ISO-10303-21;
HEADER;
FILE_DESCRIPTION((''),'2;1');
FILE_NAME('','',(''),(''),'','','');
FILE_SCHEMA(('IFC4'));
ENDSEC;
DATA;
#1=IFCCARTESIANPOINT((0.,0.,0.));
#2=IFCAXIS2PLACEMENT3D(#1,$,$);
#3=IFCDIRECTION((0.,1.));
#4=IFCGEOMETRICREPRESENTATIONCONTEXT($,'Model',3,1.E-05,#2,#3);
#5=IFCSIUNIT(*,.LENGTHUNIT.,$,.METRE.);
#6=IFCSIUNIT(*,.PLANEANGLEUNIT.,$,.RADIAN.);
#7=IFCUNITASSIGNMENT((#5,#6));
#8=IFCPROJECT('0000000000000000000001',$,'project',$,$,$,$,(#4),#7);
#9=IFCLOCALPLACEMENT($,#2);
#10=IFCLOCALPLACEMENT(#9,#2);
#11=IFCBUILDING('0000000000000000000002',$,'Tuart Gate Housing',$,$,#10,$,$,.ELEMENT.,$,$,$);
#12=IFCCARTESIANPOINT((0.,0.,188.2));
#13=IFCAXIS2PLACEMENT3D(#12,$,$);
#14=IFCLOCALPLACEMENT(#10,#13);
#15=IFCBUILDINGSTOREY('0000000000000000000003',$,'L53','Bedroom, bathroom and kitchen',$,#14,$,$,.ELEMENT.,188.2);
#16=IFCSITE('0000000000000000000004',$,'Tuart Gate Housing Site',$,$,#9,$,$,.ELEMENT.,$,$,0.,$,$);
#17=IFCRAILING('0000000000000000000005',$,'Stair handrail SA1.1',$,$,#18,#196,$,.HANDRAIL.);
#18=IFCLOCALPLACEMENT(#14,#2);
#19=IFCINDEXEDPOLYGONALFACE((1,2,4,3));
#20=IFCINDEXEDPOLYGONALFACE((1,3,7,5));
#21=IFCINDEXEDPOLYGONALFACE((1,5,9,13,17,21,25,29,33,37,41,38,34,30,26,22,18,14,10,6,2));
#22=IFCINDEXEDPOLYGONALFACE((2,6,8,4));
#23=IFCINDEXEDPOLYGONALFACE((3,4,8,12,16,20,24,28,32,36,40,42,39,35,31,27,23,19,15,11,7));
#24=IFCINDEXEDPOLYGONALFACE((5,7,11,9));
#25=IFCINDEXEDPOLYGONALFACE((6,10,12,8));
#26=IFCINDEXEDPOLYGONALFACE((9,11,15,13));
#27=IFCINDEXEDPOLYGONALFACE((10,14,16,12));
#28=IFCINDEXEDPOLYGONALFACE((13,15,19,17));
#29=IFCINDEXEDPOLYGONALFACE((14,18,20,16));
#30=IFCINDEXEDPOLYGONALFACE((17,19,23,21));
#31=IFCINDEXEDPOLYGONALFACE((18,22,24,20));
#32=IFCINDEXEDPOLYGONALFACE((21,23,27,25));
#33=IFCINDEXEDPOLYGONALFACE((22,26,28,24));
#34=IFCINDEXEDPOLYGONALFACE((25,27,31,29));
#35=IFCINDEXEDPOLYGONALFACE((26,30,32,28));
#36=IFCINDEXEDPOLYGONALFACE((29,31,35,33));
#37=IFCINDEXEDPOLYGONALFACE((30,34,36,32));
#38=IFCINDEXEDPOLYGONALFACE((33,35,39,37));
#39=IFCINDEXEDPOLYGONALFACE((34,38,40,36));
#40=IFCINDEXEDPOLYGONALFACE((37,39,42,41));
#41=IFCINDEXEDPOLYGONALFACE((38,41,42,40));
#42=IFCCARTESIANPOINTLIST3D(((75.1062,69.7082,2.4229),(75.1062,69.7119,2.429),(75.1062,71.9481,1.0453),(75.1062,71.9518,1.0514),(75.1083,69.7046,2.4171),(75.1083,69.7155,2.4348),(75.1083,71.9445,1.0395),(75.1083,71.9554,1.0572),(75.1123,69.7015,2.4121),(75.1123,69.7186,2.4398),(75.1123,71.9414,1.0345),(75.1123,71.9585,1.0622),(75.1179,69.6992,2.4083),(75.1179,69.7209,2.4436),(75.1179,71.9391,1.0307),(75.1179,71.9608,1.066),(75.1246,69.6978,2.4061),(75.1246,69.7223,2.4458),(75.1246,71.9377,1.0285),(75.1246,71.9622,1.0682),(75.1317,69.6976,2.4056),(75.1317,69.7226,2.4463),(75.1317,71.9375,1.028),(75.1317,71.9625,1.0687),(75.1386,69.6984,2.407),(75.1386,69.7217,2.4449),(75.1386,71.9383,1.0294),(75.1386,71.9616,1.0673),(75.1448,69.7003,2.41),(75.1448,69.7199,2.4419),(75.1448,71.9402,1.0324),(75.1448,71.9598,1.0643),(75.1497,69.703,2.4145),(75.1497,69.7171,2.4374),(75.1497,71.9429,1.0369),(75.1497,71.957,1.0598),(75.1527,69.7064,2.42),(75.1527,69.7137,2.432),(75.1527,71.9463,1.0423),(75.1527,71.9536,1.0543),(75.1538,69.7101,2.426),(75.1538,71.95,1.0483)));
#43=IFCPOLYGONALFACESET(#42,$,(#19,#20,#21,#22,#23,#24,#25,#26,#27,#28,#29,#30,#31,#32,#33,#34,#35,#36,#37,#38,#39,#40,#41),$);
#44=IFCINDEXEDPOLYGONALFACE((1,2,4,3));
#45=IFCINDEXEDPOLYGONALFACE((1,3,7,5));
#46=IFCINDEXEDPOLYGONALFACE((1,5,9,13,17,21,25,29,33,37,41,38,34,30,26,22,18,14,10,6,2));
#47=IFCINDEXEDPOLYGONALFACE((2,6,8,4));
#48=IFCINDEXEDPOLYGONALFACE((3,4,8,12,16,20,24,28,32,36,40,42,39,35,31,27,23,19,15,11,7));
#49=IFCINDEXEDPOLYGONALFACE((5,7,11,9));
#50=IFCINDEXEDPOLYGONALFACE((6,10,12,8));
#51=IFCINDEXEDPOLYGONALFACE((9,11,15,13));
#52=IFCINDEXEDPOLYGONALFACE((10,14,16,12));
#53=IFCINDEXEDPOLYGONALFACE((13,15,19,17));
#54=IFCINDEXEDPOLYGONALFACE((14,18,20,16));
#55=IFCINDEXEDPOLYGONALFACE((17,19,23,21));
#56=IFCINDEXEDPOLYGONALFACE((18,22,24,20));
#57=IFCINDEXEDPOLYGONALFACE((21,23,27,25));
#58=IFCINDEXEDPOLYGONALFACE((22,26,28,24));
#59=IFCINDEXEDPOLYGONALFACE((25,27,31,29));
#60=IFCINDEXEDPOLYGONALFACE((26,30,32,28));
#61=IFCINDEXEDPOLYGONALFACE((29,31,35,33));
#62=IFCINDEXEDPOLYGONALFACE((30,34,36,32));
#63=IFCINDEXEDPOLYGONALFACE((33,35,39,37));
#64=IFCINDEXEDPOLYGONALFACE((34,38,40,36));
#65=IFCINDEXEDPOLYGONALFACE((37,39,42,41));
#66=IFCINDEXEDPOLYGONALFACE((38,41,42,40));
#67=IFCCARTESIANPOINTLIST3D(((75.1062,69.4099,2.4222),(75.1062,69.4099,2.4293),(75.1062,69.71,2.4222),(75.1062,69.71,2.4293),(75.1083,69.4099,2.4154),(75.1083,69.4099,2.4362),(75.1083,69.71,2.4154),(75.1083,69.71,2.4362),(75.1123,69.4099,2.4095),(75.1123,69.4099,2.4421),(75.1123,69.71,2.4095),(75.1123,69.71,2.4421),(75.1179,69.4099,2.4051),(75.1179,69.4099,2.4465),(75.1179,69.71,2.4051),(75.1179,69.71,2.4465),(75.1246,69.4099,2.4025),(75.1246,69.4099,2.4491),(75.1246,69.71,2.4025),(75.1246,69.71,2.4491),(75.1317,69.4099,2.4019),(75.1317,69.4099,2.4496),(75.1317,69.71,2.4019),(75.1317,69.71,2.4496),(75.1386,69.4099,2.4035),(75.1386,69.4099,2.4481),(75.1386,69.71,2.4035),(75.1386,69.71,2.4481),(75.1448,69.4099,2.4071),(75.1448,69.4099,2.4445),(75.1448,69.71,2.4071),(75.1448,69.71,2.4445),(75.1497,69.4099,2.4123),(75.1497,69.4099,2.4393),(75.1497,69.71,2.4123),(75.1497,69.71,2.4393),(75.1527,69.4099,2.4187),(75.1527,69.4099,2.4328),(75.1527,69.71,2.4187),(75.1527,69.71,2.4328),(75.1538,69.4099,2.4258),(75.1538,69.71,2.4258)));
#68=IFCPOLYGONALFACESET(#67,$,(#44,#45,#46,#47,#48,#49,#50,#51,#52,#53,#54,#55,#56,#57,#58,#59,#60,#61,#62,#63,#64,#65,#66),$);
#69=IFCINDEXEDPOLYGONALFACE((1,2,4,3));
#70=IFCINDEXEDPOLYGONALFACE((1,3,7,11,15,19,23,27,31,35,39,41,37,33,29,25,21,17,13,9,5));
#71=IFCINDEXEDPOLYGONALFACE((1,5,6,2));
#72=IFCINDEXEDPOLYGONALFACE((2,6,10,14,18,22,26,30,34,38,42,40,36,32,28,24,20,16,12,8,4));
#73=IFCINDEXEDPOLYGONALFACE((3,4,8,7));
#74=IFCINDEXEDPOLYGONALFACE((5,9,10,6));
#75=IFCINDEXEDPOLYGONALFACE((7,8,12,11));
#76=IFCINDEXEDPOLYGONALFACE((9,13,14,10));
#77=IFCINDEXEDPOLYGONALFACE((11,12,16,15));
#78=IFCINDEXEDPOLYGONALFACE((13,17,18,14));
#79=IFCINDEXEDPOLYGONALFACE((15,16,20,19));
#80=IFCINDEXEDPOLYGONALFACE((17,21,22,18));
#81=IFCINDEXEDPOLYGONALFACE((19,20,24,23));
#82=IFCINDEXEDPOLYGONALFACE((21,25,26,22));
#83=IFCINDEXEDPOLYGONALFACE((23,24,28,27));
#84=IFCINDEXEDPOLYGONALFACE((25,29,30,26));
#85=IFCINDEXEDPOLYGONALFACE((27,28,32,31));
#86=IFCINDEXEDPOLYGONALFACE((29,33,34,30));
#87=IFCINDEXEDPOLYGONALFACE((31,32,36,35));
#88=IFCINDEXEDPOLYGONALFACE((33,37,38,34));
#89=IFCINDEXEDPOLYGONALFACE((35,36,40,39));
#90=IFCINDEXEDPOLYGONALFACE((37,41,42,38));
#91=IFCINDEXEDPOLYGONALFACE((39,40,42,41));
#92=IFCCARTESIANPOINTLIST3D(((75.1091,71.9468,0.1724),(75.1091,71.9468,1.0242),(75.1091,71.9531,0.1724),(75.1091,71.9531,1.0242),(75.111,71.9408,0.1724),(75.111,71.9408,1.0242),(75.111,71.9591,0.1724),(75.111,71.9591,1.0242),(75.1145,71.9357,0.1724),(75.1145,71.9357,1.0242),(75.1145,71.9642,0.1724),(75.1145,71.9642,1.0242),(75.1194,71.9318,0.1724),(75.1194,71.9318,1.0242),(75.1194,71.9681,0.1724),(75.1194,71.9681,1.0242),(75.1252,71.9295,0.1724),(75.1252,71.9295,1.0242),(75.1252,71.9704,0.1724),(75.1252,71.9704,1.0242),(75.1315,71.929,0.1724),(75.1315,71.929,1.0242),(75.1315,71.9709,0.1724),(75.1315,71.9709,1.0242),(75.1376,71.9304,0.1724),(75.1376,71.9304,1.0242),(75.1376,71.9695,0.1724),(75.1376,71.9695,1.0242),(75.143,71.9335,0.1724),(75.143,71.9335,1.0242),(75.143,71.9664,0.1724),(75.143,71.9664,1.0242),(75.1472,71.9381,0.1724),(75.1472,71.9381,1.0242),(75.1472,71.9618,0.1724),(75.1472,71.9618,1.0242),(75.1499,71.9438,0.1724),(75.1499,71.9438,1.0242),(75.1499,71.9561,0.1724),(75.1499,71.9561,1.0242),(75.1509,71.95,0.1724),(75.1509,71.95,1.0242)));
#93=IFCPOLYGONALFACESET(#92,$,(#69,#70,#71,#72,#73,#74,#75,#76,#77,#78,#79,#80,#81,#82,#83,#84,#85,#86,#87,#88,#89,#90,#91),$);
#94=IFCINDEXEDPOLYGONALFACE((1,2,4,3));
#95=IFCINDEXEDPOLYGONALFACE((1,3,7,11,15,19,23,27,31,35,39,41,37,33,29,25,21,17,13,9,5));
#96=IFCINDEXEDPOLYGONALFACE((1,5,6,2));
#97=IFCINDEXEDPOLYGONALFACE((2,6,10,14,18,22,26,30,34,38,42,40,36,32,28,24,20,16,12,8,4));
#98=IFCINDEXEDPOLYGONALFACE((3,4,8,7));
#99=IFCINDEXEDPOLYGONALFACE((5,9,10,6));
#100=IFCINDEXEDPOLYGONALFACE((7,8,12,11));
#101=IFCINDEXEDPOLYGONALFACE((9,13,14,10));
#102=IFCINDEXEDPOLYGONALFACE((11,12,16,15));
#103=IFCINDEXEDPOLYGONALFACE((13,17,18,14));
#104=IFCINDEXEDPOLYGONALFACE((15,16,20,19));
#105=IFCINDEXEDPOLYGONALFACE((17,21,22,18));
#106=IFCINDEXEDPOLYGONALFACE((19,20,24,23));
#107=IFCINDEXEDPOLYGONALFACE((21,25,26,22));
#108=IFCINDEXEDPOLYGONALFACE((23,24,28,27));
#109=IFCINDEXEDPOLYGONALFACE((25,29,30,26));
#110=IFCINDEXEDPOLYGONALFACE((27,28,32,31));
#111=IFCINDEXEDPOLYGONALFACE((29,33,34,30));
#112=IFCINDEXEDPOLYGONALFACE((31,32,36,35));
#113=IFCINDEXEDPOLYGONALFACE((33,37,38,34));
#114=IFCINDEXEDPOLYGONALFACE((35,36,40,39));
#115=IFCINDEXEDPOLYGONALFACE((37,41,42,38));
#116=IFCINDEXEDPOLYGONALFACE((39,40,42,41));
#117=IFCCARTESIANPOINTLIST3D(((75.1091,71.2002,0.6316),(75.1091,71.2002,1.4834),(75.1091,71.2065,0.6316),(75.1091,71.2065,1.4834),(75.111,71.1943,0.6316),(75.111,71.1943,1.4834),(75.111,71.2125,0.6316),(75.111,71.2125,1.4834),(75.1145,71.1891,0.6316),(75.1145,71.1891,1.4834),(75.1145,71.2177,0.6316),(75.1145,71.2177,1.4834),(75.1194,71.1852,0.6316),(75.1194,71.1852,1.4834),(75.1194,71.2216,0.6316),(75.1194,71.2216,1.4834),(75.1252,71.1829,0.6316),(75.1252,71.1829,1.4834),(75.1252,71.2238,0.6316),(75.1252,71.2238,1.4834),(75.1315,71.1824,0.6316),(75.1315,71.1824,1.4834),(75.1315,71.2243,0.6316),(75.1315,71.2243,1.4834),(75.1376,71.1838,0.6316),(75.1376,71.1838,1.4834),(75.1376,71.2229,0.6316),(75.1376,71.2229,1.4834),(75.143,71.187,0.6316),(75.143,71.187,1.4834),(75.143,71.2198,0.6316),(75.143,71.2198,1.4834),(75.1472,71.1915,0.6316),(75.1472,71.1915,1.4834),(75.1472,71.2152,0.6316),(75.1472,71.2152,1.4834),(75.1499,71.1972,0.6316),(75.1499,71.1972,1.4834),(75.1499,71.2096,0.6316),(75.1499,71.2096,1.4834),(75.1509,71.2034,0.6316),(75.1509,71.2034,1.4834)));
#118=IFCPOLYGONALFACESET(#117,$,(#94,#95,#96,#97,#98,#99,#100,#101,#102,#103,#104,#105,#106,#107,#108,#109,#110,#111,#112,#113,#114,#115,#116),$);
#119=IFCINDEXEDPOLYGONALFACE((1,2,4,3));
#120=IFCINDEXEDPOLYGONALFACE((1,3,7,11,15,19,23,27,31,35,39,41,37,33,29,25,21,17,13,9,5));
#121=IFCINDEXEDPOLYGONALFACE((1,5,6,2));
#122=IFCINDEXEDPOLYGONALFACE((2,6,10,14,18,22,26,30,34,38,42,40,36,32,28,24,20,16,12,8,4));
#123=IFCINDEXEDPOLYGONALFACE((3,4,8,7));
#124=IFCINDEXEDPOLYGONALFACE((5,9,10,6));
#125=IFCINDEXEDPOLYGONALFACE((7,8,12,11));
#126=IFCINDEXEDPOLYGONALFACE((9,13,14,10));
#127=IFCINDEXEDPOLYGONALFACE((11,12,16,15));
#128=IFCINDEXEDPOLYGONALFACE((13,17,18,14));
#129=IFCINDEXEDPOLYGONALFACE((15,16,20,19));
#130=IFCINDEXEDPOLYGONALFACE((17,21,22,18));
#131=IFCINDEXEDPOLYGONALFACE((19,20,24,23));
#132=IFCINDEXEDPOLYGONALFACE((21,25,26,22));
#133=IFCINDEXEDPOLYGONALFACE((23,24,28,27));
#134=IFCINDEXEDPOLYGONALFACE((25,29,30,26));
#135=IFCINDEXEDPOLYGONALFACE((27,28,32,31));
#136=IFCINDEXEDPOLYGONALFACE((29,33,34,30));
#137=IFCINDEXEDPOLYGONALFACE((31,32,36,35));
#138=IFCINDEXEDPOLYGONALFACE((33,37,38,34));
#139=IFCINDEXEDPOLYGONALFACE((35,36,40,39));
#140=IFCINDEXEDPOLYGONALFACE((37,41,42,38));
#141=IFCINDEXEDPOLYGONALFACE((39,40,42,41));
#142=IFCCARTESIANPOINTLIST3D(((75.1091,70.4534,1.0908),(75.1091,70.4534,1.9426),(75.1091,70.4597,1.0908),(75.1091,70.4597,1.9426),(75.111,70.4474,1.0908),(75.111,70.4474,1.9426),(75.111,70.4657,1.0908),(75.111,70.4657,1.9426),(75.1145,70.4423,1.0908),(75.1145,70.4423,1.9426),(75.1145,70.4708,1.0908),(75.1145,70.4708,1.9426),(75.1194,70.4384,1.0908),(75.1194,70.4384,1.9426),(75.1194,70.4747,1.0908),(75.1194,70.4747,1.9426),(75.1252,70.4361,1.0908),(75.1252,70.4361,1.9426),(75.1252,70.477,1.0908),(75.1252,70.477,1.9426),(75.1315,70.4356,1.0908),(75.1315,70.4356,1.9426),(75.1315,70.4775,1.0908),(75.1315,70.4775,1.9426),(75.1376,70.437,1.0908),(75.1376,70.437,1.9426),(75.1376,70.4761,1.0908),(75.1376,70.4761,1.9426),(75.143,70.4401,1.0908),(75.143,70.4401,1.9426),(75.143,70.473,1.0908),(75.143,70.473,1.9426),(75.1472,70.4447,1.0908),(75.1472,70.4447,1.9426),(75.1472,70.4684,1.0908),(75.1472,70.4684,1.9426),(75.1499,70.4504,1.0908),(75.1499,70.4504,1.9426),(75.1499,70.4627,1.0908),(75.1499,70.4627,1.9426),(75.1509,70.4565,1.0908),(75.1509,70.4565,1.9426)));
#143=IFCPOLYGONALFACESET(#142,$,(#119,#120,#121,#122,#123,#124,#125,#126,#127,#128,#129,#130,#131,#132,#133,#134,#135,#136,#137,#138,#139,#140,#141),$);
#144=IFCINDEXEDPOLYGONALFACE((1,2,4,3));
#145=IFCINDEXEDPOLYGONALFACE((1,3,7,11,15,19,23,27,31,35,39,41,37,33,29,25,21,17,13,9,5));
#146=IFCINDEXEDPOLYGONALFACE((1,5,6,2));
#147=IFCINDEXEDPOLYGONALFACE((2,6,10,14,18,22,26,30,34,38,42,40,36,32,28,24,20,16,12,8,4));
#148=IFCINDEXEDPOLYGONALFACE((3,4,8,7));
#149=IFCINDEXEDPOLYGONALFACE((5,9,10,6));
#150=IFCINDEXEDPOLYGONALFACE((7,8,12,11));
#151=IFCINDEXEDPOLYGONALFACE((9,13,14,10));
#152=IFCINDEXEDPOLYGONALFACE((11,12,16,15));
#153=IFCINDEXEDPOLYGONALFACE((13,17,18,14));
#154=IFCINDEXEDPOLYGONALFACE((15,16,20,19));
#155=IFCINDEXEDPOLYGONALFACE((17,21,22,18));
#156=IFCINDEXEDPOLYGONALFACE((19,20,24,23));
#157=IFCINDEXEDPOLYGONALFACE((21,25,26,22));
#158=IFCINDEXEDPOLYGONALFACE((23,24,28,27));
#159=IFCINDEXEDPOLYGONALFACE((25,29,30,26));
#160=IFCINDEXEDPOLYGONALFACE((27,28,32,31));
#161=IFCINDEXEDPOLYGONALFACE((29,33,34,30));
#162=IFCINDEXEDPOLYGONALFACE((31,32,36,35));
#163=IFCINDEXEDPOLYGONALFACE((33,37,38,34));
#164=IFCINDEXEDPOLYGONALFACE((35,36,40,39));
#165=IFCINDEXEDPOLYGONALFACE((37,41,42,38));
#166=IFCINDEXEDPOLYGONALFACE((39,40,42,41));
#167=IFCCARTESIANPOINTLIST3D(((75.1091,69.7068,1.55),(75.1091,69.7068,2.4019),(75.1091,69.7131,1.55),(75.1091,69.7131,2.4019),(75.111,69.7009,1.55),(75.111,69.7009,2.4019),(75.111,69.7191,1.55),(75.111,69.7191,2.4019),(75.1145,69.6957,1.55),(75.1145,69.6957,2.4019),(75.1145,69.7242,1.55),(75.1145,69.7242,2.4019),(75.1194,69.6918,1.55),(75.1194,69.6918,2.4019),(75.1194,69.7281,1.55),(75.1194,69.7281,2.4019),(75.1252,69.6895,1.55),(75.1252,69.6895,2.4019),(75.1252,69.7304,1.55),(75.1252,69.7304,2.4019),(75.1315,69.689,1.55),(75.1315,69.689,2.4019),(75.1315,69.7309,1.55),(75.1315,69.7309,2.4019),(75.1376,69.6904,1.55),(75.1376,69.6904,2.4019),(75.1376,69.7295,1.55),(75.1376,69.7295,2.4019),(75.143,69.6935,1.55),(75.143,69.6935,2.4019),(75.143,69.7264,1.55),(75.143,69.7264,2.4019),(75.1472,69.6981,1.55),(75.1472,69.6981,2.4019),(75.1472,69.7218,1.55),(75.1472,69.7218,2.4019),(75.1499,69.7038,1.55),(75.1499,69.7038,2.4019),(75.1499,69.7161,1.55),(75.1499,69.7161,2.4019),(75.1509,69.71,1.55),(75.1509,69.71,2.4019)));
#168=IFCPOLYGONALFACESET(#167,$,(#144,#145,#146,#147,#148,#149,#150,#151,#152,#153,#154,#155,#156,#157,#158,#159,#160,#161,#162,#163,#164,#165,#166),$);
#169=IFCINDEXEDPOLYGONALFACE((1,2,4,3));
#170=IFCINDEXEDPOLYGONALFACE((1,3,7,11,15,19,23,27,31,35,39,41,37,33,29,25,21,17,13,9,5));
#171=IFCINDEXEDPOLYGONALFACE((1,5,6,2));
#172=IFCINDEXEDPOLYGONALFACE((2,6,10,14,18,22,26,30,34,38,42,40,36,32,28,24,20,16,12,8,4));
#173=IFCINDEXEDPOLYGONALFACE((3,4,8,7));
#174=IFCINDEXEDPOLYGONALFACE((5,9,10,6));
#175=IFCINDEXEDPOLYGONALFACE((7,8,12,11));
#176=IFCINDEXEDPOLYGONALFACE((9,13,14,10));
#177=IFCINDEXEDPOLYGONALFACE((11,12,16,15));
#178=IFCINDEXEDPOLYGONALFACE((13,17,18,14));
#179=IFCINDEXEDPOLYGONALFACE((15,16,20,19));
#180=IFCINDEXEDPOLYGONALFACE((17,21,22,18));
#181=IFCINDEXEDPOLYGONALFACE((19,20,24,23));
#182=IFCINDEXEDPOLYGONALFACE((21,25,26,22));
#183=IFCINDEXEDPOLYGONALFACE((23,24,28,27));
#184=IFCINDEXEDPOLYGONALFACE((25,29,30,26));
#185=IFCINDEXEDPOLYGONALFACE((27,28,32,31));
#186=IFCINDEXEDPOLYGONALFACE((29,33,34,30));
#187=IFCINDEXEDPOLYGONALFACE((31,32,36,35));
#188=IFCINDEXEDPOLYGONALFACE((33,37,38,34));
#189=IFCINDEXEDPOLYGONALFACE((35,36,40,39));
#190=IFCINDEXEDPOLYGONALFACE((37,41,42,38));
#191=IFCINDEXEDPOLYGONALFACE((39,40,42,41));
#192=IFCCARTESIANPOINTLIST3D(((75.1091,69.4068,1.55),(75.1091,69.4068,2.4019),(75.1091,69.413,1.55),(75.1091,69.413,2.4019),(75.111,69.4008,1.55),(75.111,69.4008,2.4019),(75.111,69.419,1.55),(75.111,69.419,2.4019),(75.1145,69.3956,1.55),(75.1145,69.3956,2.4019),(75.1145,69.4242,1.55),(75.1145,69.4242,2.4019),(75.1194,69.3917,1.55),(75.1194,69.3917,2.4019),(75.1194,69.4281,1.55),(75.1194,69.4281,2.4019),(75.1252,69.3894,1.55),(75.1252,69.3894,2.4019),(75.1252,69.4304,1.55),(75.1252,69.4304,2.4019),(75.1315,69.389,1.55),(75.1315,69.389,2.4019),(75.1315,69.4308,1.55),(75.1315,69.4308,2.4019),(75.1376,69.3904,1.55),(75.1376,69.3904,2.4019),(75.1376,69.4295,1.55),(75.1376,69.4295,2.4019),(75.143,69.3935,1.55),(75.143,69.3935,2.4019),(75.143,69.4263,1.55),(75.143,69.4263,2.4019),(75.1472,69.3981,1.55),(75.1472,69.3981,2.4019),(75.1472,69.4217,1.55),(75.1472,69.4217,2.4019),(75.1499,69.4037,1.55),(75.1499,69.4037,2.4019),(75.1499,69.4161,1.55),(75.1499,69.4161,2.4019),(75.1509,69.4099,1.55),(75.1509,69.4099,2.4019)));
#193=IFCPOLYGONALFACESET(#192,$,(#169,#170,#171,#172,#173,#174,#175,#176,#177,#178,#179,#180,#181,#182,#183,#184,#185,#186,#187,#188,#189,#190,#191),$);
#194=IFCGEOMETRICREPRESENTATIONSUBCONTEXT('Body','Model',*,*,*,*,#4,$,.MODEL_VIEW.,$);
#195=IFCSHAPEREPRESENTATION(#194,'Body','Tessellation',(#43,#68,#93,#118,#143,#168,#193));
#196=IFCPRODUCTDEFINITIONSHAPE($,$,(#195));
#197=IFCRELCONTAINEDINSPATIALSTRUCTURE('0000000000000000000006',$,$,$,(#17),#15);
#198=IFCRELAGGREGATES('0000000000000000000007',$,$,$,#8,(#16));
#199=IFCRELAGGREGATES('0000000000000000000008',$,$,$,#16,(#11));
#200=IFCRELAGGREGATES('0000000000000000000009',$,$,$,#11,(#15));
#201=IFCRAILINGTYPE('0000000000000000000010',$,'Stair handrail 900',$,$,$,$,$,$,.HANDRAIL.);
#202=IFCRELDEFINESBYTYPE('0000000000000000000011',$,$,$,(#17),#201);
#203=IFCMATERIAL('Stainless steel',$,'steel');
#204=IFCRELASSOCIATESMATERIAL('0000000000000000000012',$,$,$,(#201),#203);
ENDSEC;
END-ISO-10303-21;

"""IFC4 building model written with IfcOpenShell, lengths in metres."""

from ifc_helpers import new_model, si_unit, direction, frame, origin, origin_2d, place, context, subcontext, project, spatial, circle, extrude, material, type_object, element, save


model = new_model("IFC4")

# Units and contexts
model_context = context("Model", 3, precision=1e-05, world=origin(), true_north=direction((0.0, 1.0)))
body_context = subcontext(model_context, "Body", "Model", "MODEL_VIEW")
ifc_project = project(units=[si_unit("LENGTHUNIT", "METRE"), si_unit("PLANEANGLEUNIT", "RADIAN")], contexts=[model_context])

# Site, building, storey
site_placement = place(None, origin())
site = spatial("IfcSite", under=ifc_project, at=site_placement, Name="Tuart Gate Housing Site", CompositionType="ELEMENT", RefElevation=0.0)
building_placement = place(site_placement, origin())
building = spatial("IfcBuilding", under=site, at=building_placement, Name="Tuart Gate Housing", CompositionType="ELEMENT")
storey_placement = place(building_placement, frame((0.0, 0.0, 188.2)))
storey = spatial("IfcBuildingStorey", under=building, at=storey_placement, Name="L53", Description="Bedroom, bathroom and kitchen", CompositionType="ELEMENT", Elevation=188.2)

# Railing
ifc_material_1 = material(Name="Stainless steel", Category="steel")
railing_type = type_object("IfcRailingType", Name="Stair handrail 900", PredefinedType="HANDRAIL", material=ifc_material_1)
railing_placement = place(storey_placement, frame((75.1299, 71.95, 0.1724)))
element("IfcRailing", 1, at=railing_placement, inside=storey, type_object=railing_type, Name="Stair handrail SA1.1", PredefinedType="HANDRAIL", context=body_context, shape_type="SweptSolid", body=[
    extrude(circle(Radius=0.0239, at=origin_2d()), frame((0.0, 0.0, 0.876), z_axis=(0.0, -0.851789, 0.523885), x_axis=(1.0, 0.0, 0.0)), (0.0, 0.0, 1.0), 2.6296),
    extrude(circle(Radius=0.0239, at=origin_2d()), frame((0.0, -2.24, 2.2534), z_axis=(0.0, -1.0, 0.0), x_axis=(1.0, 0.0, 0.0)), (0.0, 0.0, 1.0), 0.3),
    extrude(circle(Radius=0.021, at=origin_2d()), origin(), (0.0, 0.0, 1.0), 0.8518),
    extrude(circle(Radius=0.021, at=origin_2d()), frame((0.0, -0.7466, 0.4592)), (0.0, 0.0, 1.0), 0.8518),
    extrude(circle(Radius=0.021, at=origin_2d()), frame((0.0, -1.4934, 0.9185)), (0.0, 0.0, 1.0), 0.8518),
    extrude(circle(Radius=0.021, at=origin_2d()), frame((0.0, -2.24, 1.3777)), (0.0, 0.0, 1.0), 0.8518),
    extrude(circle(Radius=0.021, at=origin_2d()), frame((0.0, -2.54, 1.3777)), (0.0, 0.0, 1.0), 0.8518),
])

save(model, "model.ifc")
